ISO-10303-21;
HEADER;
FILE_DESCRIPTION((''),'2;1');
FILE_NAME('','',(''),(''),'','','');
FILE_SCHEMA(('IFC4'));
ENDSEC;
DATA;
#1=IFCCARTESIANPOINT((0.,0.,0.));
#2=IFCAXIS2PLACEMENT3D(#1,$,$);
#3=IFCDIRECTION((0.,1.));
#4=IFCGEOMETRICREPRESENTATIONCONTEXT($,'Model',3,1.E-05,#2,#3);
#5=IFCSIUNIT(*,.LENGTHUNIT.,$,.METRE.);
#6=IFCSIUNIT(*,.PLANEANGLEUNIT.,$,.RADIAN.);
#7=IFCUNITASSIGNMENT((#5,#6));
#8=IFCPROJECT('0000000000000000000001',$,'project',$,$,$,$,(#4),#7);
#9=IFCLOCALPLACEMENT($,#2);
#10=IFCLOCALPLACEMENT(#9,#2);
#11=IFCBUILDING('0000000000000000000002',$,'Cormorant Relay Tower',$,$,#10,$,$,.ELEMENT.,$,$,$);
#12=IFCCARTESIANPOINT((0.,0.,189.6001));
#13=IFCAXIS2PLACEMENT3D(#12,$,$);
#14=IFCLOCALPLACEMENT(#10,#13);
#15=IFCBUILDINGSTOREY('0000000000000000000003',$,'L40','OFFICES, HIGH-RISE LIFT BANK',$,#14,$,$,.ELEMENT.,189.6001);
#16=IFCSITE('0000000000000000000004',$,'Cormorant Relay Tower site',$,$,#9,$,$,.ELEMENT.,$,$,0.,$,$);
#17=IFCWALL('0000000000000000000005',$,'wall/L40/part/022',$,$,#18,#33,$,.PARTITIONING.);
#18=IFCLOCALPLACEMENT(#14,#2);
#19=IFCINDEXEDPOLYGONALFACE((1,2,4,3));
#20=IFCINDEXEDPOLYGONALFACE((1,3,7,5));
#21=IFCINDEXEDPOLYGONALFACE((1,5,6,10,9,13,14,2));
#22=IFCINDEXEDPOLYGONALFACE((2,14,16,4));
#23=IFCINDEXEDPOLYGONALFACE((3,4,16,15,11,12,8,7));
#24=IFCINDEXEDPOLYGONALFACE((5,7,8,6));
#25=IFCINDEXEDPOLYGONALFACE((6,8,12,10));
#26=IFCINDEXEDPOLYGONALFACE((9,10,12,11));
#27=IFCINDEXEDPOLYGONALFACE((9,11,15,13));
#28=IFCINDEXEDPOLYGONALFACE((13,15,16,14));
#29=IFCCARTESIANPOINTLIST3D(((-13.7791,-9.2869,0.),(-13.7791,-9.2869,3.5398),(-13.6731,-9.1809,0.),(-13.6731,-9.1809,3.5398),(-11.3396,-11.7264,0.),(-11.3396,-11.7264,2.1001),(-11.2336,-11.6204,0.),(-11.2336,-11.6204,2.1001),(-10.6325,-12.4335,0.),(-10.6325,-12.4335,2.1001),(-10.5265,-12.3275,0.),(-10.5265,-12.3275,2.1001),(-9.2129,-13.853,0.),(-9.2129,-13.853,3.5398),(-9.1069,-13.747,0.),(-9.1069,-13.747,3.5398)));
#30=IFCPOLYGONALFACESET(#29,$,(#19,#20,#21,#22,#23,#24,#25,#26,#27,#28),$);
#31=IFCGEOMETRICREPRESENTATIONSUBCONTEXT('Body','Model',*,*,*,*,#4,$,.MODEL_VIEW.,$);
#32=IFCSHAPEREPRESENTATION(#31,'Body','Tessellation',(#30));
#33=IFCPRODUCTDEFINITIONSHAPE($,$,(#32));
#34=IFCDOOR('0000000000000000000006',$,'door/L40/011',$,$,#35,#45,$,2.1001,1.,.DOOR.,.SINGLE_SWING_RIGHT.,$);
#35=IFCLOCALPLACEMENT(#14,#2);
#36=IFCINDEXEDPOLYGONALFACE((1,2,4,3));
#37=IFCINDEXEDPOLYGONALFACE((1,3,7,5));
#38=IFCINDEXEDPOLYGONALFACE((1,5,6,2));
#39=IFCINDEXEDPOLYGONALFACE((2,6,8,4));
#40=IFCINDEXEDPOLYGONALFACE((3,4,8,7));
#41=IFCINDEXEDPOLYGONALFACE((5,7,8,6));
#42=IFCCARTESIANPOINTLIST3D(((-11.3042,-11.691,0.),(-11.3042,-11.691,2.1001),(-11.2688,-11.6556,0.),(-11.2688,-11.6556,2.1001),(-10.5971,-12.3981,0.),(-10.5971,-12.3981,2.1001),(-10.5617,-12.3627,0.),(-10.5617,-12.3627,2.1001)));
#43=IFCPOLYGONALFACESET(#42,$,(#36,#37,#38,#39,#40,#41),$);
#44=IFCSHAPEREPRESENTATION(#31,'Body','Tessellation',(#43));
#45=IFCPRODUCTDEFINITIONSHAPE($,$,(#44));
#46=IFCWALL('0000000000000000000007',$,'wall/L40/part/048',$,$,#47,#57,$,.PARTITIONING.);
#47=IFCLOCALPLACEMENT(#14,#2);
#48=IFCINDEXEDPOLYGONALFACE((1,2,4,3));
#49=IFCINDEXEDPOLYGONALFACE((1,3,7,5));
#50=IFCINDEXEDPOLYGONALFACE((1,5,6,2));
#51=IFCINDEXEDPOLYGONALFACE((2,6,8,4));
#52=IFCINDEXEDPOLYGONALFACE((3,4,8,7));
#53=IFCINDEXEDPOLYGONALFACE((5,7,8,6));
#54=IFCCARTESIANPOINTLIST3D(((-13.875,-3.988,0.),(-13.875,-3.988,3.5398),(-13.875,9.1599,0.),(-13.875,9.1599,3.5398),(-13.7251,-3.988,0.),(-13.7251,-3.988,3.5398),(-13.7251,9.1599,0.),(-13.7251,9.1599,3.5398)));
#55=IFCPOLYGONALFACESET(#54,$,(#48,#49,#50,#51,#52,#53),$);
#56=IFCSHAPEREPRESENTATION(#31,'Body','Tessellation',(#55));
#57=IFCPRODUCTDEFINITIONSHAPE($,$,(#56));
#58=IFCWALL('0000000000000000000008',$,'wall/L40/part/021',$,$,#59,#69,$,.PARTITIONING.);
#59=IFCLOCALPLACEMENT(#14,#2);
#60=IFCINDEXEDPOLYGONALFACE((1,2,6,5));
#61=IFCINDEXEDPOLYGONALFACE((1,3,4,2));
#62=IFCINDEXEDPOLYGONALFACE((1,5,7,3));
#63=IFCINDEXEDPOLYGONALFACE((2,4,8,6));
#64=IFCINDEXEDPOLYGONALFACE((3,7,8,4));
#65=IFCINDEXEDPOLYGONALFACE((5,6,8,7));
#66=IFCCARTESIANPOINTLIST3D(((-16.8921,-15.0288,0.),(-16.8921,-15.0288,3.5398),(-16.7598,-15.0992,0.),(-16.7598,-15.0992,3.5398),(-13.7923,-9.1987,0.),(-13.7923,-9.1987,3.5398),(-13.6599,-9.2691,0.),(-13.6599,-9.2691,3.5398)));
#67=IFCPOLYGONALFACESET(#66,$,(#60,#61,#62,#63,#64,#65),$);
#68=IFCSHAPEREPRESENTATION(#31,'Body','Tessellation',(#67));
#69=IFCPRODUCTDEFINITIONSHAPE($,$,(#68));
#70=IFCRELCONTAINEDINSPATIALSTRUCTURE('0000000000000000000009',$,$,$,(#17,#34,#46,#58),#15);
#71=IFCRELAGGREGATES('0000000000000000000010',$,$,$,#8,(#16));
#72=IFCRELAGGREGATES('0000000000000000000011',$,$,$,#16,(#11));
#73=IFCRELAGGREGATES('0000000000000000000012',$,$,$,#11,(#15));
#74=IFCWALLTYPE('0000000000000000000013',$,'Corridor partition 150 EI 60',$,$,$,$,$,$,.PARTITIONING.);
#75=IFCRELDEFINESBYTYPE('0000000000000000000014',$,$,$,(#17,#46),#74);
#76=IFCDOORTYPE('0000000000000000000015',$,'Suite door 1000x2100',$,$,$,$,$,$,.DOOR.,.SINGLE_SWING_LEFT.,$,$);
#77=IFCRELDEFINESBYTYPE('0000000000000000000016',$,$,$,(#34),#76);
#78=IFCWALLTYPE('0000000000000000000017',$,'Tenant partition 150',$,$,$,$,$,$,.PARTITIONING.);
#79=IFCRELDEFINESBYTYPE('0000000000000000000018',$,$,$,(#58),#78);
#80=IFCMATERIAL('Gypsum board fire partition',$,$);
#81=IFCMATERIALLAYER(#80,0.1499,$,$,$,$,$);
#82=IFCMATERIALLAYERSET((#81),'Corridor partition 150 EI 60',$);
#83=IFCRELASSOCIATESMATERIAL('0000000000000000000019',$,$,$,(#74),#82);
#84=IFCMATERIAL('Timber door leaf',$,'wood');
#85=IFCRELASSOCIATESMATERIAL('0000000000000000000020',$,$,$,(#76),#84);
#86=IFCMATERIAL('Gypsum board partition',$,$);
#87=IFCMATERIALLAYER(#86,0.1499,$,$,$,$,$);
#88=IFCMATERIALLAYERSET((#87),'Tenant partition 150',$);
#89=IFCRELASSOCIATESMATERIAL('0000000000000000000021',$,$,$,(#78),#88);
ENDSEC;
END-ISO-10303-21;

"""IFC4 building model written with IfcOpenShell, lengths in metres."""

from ifc_helpers import new_model, si_unit, direction, frame, frame_2d, origin, place, context, subcontext, project, spatial, rectangle, extrude, material, layer, layer_set, type_object, element, fill, save


model = new_model("IFC4")

# Units and contexts
model_context = context("Model", 3, precision=1e-05, world=origin(), true_north=direction((0.0, 1.0)))
body_context = subcontext(model_context, "Body", "Model", "MODEL_VIEW")
ifc_project = project(units=[si_unit("LENGTHUNIT", "METRE"), si_unit("PLANEANGLEUNIT", "RADIAN")], contexts=[model_context])

# Site, building, storey
site_placement = place(None, origin())
site = spatial("IfcSite", under=ifc_project, at=site_placement, Name="Cormorant Relay Tower site", CompositionType="ELEMENT", RefElevation=0.0)
building_placement = place(site_placement, origin())
building = spatial("IfcBuilding", under=site, at=building_placement, Name="Cormorant Relay Tower", CompositionType="ELEMENT")
storey_placement = place(building_placement, frame((0.0, 0.0, 189.6001)))
storey = spatial("IfcBuildingStorey", under=building, at=storey_placement, Name="L40", Description="OFFICES, HIGH-RISE LIFT BANK", CompositionType="ELEMENT", Elevation=189.6001)

# Wall, opening, door
ifc_material_1 = material(Name="Gypsum board fire partition")
ifc_layer_1 = layer(ifc_material_1, 0.1499)
ifc_layer_set_1 = layer_set([ifc_layer_1], Name="Corridor partition 150 EI 60")
wall_type_1 = type_object("IfcWallType", Name="Corridor partition 150 EI 60", PredefinedType="PARTITIONING", material=ifc_layer_set_1)
wall_1_placement = place(storey_placement, frame((-13.7261, -9.2339, 0.0), z_axis=(0.0, 0.0, 1.0), x_axis=(0.707107, -0.707107, 0.0)))
wall_1 = element("IfcWall", 1, at=wall_1_placement, inside=storey, type_object=wall_type_1, Name="wall/L40/part/022", PredefinedType="PARTITIONING", context=body_context, shape_type="SweptSolid", body=[
    extrude(rectangle(XDim=6.4575, YDim=0.1499, at=frame_2d((3.2288, 0.0))), origin(), (0.0, 0.0, 1.0), 3.5398),
])
opening_placement = place(wall_1_placement, frame((3.45, 0.0, 0.0)))
opening = element("IfcOpeningElement", 2, at=opening_placement, cuts=wall_1, PredefinedType="OPENING", context=body_context, shape_type="SweptSolid", body=[
    extrude(rectangle(XDim=1.0, YDim=2.1001, at=frame_2d((0.5, 1.05))), frame((0.0, 0.085, 0.0), z_axis=(0.0, -1.0, 0.0), x_axis=(1.0, 0.0, 0.0)), (0.0, 0.0, 1.0), 0.1699),
])
ifc_material_2 = material(Name="Timber door leaf", Category="wood")
door_type = type_object("IfcDoorType", Name="Suite door 1000x2100", OperationType="SINGLE_SWING_LEFT", PredefinedType="DOOR", material=ifc_material_2)
door_placement = place(opening_placement, frame((1.0, 0.0, 0.0), z_axis=(0.0, 0.0, 1.0), x_axis=(-1.0, 0.0, 0.0)))
door = element("IfcDoor", 3, at=door_placement, inside=storey, type_object=door_type, Name="door/L40/011", OperationType="SINGLE_SWING_RIGHT", OverallHeight=2.1001, OverallWidth=1.0, PredefinedType="DOOR", context=body_context, shape_type="SweptSolid", body=[
    extrude(rectangle(XDim=1.0, YDim=2.1001, at=frame_2d((0.5, 1.05))), frame((0.0, 0.0249, 0.0), z_axis=(0.0, -1.0, 0.0), x_axis=(1.0, 0.0, 0.0)), (0.0, 0.0, 1.0), 0.05),
])
fill(opening, door)

# Walls
wall_2_placement = place(storey_placement, frame((-13.8, 9.1599, 0.0), z_axis=(0.0, 0.0, 1.0), x_axis=(0.0, -1.0, 0.0)))
element("IfcWall", 4, at=wall_2_placement, inside=storey, type_object=wall_type_1, Name="wall/L40/part/048", PredefinedType="PARTITIONING", context=body_context, shape_type="SweptSolid", body=[
    extrude(rectangle(XDim=13.1479, YDim=0.1499, at=frame_2d((6.574, 0.0))), origin(), (0.0, 0.0, 1.0), 3.5398),
])
ifc_material_3 = material(Name="Gypsum board partition")
ifc_layer_2 = layer(ifc_material_3, 0.1499)
ifc_layer_set_2 = layer_set([ifc_layer_2], Name="Tenant partition 150")
wall_type_2 = type_object("IfcWallType", Name="Tenant partition 150", PredefinedType="PARTITIONING", material=ifc_layer_set_2)
wall_3_placement = place(storey_placement, frame((-13.7261, -9.2339, 0.0), z_axis=(0.0, 0.0, 1.0), x_axis=(-0.469465, -0.882951, 0.0)))
element("IfcWall", 5, at=wall_3_placement, inside=storey, type_object=wall_type_2, Name="wall/L40/part/021", PredefinedType="PARTITIONING", context=body_context, shape_type="SweptSolid", body=[
    extrude(rectangle(XDim=6.603, YDim=0.1499, at=frame_2d((3.3015, 0.0))), origin(), (0.0, 0.0, 1.0), 3.5398),
])

save(model, "model.ifc")
